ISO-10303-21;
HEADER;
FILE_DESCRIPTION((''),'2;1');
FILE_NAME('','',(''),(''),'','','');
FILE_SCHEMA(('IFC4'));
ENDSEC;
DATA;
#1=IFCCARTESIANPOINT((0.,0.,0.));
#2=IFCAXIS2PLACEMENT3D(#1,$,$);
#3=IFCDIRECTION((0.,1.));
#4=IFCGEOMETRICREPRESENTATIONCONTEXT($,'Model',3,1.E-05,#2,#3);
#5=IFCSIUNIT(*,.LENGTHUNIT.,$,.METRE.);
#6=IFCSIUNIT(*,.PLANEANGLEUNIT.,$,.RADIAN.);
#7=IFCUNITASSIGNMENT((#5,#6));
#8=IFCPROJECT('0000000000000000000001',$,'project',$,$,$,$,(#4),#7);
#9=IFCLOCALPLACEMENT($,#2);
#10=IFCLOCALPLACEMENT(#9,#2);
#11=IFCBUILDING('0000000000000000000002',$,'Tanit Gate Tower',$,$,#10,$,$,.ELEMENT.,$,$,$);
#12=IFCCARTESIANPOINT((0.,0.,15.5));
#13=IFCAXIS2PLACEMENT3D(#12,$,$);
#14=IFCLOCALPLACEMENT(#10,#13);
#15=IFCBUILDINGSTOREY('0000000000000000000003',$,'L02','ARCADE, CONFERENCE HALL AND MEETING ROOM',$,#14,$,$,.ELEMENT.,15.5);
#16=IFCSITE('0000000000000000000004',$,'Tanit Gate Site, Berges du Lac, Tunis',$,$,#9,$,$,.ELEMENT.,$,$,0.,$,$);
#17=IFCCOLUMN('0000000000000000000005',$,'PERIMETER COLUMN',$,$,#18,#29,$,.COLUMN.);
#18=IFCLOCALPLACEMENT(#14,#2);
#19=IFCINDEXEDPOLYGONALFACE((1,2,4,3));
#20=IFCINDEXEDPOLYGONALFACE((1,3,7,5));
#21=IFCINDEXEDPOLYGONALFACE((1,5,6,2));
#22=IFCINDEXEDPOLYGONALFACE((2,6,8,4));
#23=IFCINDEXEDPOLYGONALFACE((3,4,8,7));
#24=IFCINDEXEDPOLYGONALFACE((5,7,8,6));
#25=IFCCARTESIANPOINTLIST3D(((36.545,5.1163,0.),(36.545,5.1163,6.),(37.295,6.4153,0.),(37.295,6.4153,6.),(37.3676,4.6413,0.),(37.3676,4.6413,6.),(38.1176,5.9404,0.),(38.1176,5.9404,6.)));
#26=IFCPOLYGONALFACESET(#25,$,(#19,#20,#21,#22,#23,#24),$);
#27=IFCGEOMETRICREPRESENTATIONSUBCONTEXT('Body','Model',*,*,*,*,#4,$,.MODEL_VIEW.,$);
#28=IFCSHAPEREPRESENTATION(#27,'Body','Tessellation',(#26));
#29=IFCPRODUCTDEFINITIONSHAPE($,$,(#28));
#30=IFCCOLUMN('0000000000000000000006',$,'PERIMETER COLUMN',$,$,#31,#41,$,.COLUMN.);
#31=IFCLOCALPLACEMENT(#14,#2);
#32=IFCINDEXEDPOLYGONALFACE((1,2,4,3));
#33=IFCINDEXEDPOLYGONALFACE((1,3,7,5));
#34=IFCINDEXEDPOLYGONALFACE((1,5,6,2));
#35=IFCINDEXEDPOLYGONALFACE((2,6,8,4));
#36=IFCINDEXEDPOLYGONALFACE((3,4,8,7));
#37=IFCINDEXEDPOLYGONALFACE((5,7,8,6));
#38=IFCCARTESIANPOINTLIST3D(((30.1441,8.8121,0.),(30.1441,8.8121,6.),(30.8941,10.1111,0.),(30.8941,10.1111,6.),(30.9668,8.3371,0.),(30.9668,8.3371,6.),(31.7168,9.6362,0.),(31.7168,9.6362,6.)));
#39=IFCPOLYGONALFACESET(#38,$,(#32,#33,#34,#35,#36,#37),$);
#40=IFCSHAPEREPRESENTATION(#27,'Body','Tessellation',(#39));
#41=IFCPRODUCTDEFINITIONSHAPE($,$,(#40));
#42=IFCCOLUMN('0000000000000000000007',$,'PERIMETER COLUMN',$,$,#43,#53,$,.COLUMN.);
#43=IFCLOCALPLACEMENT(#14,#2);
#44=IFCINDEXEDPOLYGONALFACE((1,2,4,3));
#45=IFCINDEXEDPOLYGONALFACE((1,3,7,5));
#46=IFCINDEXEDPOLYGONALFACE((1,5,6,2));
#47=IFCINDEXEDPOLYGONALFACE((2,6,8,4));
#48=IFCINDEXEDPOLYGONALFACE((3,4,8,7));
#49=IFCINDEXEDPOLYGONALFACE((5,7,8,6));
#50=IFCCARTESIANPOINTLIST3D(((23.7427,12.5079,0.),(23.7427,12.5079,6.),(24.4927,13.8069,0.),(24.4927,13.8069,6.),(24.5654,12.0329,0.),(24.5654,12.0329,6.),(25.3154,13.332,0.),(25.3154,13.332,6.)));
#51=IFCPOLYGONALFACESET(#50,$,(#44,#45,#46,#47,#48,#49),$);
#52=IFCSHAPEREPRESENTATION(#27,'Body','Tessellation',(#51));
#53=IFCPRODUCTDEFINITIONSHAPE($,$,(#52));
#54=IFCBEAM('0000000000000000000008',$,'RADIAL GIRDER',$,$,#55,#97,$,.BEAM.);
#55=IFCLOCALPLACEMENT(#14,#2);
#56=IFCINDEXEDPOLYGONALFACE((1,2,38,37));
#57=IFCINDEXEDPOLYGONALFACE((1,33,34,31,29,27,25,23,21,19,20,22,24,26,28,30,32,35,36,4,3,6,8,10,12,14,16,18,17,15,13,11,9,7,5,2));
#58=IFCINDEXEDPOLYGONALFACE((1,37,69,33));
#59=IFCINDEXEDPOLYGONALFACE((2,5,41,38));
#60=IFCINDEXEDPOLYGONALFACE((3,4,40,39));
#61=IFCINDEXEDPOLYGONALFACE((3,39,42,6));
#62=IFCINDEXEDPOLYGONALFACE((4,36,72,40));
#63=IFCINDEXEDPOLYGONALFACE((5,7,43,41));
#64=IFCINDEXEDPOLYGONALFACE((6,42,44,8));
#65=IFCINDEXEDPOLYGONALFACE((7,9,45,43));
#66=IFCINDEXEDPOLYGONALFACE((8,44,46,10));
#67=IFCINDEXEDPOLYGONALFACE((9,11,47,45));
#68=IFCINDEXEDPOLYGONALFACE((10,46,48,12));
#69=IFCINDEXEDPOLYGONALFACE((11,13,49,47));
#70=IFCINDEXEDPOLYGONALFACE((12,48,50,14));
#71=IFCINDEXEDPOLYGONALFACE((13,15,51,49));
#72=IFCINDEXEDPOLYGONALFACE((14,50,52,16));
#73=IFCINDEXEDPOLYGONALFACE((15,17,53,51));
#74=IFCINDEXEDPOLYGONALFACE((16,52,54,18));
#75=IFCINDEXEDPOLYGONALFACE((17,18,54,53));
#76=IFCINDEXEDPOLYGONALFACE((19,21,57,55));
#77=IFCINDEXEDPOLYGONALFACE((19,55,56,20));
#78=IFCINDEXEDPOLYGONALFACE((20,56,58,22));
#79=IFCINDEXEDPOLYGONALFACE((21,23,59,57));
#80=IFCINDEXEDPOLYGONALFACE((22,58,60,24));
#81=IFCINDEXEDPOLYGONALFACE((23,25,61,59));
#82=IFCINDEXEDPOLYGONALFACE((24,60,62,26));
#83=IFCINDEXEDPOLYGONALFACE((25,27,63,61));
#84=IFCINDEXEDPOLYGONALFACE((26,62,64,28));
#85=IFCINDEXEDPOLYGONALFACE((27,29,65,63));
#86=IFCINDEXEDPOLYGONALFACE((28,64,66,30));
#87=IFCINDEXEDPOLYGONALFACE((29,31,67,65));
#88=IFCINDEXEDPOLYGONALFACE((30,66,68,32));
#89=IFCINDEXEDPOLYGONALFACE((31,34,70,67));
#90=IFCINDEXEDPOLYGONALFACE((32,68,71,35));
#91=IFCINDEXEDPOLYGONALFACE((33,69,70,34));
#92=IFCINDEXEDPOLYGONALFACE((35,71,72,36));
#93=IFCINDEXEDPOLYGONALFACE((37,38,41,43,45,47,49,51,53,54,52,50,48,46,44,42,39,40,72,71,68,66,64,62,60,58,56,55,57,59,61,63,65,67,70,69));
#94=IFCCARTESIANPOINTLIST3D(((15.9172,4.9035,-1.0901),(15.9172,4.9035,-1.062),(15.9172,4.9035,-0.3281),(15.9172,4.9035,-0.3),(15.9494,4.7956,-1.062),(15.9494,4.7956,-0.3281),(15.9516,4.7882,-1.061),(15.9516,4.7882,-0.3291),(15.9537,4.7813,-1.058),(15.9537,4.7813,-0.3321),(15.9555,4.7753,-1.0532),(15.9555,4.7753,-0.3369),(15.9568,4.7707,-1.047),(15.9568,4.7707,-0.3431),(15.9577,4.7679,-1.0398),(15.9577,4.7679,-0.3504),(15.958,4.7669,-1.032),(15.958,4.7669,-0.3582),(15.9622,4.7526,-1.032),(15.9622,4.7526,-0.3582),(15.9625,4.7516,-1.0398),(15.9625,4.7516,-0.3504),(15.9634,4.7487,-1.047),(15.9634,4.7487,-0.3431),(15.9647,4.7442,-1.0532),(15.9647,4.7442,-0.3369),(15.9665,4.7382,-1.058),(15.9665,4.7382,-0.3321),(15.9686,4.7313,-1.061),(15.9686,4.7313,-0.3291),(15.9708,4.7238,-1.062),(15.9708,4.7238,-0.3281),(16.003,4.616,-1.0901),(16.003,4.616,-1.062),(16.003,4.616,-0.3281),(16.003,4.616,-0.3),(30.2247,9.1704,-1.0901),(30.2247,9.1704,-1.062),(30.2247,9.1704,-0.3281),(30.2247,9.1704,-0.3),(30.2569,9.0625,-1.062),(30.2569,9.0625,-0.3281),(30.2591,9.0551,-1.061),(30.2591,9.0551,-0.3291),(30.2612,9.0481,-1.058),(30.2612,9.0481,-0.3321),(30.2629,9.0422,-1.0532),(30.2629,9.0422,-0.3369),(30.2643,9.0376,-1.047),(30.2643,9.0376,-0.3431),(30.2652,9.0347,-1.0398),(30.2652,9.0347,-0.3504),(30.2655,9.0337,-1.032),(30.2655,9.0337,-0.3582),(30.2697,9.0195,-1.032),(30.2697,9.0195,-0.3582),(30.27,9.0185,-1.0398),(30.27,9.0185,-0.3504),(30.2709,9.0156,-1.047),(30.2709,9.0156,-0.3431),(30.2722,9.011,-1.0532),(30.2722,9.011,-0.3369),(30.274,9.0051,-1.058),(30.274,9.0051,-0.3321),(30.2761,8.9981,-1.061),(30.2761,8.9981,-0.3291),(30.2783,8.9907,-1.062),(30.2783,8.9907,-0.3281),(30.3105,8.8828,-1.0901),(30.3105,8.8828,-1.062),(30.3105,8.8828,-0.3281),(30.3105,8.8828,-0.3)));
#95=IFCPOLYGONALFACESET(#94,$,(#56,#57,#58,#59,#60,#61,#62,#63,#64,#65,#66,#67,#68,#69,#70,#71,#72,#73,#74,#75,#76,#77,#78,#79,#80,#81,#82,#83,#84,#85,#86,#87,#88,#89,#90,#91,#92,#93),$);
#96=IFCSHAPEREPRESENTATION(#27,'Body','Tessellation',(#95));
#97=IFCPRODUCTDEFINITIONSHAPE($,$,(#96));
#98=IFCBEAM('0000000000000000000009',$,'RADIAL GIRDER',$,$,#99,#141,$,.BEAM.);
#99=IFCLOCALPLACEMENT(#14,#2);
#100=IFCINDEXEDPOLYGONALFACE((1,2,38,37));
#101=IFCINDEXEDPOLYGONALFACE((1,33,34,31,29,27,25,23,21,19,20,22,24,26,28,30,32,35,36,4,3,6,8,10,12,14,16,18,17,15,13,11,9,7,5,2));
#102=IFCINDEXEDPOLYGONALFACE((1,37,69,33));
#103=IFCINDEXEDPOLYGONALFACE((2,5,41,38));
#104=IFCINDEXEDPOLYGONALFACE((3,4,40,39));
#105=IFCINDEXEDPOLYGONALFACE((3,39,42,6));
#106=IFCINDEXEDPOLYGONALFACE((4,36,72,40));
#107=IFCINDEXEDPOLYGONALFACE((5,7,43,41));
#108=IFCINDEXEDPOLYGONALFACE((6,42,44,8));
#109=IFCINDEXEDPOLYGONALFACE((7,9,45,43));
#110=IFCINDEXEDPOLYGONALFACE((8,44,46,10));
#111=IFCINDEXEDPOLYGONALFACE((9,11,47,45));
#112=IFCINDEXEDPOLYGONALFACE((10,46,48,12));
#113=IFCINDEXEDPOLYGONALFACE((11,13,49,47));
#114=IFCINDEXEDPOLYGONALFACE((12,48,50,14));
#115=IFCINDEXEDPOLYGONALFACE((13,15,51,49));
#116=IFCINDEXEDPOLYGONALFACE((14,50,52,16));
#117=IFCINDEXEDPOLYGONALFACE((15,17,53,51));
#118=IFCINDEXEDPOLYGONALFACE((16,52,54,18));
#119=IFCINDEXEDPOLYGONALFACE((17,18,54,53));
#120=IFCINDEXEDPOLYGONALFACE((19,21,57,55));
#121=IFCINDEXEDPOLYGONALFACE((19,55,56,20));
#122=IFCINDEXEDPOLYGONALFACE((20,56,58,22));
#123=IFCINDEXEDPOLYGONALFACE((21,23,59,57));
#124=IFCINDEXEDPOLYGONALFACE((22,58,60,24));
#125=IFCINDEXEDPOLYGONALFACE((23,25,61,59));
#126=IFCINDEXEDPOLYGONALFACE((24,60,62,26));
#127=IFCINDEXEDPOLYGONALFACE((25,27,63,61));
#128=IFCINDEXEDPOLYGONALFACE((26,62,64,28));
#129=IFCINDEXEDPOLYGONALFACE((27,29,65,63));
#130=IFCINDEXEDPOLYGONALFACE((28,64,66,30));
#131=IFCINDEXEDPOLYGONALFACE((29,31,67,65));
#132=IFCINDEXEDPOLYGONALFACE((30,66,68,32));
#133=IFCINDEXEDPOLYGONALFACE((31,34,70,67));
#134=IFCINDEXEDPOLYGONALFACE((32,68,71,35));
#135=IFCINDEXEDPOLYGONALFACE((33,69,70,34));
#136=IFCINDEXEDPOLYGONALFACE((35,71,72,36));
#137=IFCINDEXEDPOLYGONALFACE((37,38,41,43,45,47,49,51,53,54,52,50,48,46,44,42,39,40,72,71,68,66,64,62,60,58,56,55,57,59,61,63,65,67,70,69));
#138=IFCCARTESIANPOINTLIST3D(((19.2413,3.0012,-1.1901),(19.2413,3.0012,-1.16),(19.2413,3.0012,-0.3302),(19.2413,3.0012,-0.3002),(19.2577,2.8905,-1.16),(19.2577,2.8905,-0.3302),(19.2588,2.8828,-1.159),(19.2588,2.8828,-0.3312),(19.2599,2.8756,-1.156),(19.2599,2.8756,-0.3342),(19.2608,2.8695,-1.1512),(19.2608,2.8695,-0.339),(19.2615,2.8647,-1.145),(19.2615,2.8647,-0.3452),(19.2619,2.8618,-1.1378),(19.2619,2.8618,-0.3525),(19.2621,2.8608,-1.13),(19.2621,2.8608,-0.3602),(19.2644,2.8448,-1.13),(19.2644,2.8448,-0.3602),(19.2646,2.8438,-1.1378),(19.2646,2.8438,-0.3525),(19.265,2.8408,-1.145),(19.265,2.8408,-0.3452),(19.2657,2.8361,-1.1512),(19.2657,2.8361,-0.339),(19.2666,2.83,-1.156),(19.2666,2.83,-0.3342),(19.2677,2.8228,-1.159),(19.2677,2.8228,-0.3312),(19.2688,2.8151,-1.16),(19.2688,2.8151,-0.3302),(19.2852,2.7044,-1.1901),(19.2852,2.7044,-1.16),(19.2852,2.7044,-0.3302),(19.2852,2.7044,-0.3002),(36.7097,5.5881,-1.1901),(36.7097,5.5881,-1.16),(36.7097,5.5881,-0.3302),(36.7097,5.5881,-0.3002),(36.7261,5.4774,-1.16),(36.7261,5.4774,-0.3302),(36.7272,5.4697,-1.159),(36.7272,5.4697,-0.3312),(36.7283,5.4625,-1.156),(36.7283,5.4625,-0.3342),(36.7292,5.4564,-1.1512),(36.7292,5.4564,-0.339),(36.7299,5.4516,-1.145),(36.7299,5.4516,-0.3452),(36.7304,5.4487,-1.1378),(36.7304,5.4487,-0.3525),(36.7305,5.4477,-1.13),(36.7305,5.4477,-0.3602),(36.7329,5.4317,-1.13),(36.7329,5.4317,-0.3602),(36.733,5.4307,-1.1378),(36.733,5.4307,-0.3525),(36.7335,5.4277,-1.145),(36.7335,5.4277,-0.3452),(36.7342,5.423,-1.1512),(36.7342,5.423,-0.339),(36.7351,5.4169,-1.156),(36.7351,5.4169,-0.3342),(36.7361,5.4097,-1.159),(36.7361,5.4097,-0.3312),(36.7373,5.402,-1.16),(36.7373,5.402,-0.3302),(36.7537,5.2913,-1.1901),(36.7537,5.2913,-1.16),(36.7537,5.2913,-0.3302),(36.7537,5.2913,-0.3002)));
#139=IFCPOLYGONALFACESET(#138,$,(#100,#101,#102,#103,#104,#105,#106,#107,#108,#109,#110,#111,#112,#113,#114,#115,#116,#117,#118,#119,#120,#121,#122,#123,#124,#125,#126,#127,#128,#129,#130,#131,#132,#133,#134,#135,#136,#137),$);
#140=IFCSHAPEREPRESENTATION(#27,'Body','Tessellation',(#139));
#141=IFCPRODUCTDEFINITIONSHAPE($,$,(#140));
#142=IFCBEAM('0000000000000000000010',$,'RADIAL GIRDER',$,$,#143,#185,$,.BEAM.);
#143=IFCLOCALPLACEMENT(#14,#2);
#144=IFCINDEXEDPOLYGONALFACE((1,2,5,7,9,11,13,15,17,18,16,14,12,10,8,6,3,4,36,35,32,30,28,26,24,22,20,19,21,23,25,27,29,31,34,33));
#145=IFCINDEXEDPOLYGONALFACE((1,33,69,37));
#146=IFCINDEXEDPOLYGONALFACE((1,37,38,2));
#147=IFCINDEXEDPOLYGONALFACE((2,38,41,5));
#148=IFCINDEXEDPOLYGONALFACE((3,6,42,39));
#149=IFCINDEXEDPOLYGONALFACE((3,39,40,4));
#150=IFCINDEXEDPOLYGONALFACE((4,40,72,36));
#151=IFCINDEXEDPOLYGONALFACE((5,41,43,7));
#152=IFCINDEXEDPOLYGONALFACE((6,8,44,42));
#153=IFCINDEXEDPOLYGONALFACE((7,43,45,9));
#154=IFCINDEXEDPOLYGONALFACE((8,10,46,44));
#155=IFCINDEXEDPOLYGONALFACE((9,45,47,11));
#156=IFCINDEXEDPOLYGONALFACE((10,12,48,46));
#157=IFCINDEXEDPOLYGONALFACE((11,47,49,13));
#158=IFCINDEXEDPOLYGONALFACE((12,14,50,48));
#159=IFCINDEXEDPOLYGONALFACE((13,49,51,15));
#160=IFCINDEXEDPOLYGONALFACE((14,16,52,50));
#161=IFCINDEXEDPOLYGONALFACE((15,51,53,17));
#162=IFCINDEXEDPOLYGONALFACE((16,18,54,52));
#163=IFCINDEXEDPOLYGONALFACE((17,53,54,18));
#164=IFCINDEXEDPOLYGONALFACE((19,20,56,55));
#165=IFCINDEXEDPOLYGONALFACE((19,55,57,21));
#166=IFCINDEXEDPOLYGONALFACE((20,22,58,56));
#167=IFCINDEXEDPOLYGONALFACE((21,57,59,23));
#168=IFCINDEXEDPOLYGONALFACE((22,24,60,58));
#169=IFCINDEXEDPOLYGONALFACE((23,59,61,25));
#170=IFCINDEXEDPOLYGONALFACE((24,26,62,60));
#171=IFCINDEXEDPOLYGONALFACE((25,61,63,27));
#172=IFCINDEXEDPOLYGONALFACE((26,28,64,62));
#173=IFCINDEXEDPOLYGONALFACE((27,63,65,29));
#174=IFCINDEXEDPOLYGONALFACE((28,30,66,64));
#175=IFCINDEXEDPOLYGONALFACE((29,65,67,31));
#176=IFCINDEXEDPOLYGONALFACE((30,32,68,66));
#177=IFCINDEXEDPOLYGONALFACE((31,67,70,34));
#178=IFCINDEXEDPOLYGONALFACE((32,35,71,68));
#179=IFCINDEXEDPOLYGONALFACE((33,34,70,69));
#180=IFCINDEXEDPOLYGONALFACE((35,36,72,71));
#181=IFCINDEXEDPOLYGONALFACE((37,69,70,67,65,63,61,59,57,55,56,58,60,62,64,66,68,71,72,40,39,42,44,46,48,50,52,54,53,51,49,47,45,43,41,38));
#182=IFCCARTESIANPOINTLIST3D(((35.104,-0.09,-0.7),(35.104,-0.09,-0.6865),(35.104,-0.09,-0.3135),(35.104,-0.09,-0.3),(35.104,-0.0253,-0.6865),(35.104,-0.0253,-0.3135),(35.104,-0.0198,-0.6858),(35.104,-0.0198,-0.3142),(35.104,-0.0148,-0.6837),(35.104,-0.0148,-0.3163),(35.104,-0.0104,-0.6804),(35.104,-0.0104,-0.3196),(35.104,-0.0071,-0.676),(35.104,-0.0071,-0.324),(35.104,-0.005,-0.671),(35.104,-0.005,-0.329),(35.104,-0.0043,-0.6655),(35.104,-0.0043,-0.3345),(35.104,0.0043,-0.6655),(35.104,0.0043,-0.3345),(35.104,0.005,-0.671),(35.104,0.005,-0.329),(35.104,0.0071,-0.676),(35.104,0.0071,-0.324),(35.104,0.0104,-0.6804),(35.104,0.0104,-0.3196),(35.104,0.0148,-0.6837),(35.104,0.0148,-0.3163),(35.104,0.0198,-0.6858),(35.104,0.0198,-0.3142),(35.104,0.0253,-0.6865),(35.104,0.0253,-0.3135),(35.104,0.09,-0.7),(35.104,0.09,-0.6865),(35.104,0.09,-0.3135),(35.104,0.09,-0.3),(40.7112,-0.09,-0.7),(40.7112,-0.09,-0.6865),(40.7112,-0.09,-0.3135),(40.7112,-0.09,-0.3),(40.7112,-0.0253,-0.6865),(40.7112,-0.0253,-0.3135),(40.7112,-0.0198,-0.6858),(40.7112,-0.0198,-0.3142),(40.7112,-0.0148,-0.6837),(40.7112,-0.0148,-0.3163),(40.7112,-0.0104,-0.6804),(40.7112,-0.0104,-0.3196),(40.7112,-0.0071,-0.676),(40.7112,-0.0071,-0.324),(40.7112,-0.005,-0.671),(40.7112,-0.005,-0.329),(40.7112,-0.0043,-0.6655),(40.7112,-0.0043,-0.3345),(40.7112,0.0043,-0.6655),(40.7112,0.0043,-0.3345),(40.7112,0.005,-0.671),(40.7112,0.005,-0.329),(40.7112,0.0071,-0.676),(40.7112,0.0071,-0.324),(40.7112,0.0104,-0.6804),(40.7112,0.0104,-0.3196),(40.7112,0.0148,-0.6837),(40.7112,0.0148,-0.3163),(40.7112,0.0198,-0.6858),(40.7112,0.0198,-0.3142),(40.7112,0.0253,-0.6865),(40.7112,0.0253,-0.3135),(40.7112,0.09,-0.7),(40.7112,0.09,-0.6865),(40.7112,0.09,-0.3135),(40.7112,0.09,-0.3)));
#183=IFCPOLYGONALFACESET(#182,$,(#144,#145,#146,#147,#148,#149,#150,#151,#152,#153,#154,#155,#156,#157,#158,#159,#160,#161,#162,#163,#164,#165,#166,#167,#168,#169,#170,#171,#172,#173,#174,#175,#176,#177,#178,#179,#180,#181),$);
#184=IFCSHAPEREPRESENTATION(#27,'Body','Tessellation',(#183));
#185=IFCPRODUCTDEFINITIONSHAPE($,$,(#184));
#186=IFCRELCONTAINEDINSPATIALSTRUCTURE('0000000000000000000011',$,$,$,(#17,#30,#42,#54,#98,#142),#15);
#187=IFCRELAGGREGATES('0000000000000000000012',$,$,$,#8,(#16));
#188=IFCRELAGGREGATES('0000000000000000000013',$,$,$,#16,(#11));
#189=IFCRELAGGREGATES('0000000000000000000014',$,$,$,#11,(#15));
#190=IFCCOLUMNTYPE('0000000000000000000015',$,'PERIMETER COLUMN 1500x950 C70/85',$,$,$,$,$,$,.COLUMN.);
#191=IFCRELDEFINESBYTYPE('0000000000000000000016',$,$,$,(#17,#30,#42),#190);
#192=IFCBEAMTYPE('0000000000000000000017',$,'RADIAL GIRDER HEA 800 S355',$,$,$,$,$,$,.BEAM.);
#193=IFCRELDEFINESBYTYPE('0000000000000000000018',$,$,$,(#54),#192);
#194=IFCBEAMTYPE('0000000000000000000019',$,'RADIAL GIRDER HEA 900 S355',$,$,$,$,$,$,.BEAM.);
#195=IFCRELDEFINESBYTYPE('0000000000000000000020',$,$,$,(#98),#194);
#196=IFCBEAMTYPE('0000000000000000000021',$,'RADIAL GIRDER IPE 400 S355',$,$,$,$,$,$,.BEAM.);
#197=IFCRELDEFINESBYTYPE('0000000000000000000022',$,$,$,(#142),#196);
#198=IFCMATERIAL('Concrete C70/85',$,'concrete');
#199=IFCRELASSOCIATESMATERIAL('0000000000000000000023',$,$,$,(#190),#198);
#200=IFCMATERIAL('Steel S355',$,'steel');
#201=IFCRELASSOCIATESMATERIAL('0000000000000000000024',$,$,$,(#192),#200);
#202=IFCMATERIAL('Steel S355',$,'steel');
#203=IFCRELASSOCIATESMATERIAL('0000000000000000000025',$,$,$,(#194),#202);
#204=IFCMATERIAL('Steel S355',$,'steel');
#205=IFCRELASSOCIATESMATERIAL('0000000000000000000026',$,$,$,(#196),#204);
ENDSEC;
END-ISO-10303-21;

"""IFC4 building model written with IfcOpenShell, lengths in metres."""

from ifc_helpers import new_model, si_unit, direction, frame, origin, origin_2d, place, context, subcontext, project, spatial, rectangle, i_section, extrude, material, material_profile, profile_set, type_object, element, save


model = new_model("IFC4")

# Units and contexts
model_context = context("Model", 3, precision=1e-05, world=origin(), true_north=direction((0.0, 1.0)))
body_context = subcontext(model_context, "Body", "Model", "MODEL_VIEW")
ifc_project = project(units=[si_unit("LENGTHUNIT", "METRE"), si_unit("PLANEANGLEUNIT", "RADIAN")], contexts=[model_context])

# Site, building, storey
site_placement = place(None, origin())
site = spatial("IfcSite", under=ifc_project, at=site_placement, Name="Tanit Gate Site, Berges du Lac, Tunis", CompositionType="ELEMENT", RefElevation=0.0)
building_placement = place(site_placement, origin())
building = spatial("IfcBuilding", under=site, at=building_placement, Name="Tanit Gate Tower", CompositionType="ELEMENT")
storey_placement = place(building_placement, frame((0.0, 0.0, 15.5)))
storey = spatial("IfcBuildingStorey", under=building, at=storey_placement, Name="L02", Description="ARCADE, CONFERENCE HALL AND MEETING ROOM", CompositionType="ELEMENT", Elevation=15.5)

# Columns
ifc_material_1 = material(Name="Concrete C70/85", Category="concrete")
ifc_material_profile_1 = material_profile(ifc_material_1, rectangle(XDim=1.5, YDim=0.95, at=origin_2d()), Name="RC 1500x950")
ifc_profile_set_1 = profile_set([ifc_material_profile_1], Name="Concrete C70/85")
column_type = type_object("IfcColumnType", Name="PERIMETER COLUMN 1500x950 C70/85", PredefinedType="COLUMN", material=ifc_profile_set_1)
for number, where, z_axis, x_axis, name in (
    (1, (37.3313, 5.5283, 0.0), (0.0, 0.0, 1.0), (0.5, 0.866025, 0.0), "PERIMETER COLUMN"),
    (2, (30.9304, 9.2241, 0.0), (0.0, 0.0, 1.0), (0.5, 0.866025, 0.0), "PERIMETER COLUMN"),
    (3, (24.5291, 12.9199, 0.0), (0.0, 0.0, 1.0), (0.5, 0.866025, 0.0), "PERIMETER COLUMN"),
):
    element("IfcColumn", number, at=place(storey_placement, frame(where, z_axis=z_axis, x_axis=x_axis)), inside=storey, type_object=column_type, Name=name, PredefinedType="COLUMN", context=body_context, shape_type="SweptSolid", body=[
        extrude(rectangle(XDim=1.5, YDim=0.95, at=origin_2d()), origin(), (0.0, 0.0, 1.0), 6.0),
    ])

# Beams
ifc_material_2 = material(Name="Steel S355", Category="steel")
ifc_material_profile_2 = material_profile(ifc_material_2, i_section(OverallWidth=0.3, OverallDepth=0.79, WebThickness=0.0149, FlangeThickness=0.0281, FilletRadius=0.03, at=origin_2d()), Name="HEA 800")
ifc_profile_set_2 = profile_set([ifc_material_profile_2], Name="Steel S355")
beam_type_1 = type_object("IfcBeamType", Name="RADIAL GIRDER HEA 800 S355", PredefinedType="BEAM", material=ifc_profile_set_2)
beam_1_placement = place(storey_placement, frame((30.2676, 9.0266, -0.6951), z_axis=(-0.958293, -0.285789, 0.0), x_axis=(0.285789, -0.958293, 0.0)))
element("IfcBeam", 4, at=beam_1_placement, inside=storey, type_object=beam_type_1, Name="RADIAL GIRDER", PredefinedType="BEAM", context=body_context, shape_type="SweptSolid", body=[
    extrude(i_section(OverallWidth=0.3, OverallDepth=0.79, WebThickness=0.0149, FlangeThickness=0.0281, FilletRadius=0.03, at=origin_2d()), origin(), (0.0, 0.0, 1.0), 14.9302),
])
ifc_material_3 = material(Name="Steel S355", Category="steel")
ifc_material_profile_3 = material_profile(ifc_material_3, i_section(OverallWidth=0.3, OverallDepth=0.8899, WebThickness=0.0161, FlangeThickness=0.03, FilletRadius=0.03, at=origin_2d()), Name="HEA 900")
ifc_profile_set_3 = profile_set([ifc_material_profile_3], Name="Steel S355")
beam_type_2 = type_object("IfcBeamType", Name="RADIAL GIRDER HEA 900 S355", PredefinedType="BEAM", material=ifc_profile_set_3)
beam_2_placement = place(storey_placement, frame((36.7317, 5.4397, -0.7451), z_axis=(-0.989212, -0.146493, 0.0), x_axis=(0.146493, -0.989212, 0.0)))
element("IfcBeam", 5, at=beam_2_placement, inside=storey, type_object=beam_type_2, Name="RADIAL GIRDER", PredefinedType="BEAM", context=body_context, shape_type="SweptSolid", body=[
    extrude(i_section(OverallWidth=0.3, OverallDepth=0.8899, WebThickness=0.0161, FlangeThickness=0.03, FilletRadius=0.03, at=origin_2d()), origin(), (0.0, 0.0, 1.0), 17.6589),
])
ifc_material_4 = material(Name="Steel S355", Category="steel")
ifc_material_profile_4 = material_profile(ifc_material_4, i_section(OverallWidth=0.1799, OverallDepth=0.3999, WebThickness=0.0085, FlangeThickness=0.0134, FilletRadius=0.021, at=origin_2d()), Name="IPE 400")
ifc_profile_set_4 = profile_set([ifc_material_profile_4], Name="Steel S355")
beam_type_3 = type_object("IfcBeamType", Name="RADIAL GIRDER IPE 400 S355", PredefinedType="BEAM", material=ifc_profile_set_4)
beam_3_placement = place(storey_placement, frame((40.7112, 0.0, -0.5), z_axis=(-1.0, 0.0, 0.0), x_axis=(0.0, -1.0, 0.0)))
element("IfcBeam", 6, at=beam_3_placement, inside=storey, type_object=beam_type_3, Name="RADIAL GIRDER", PredefinedType="BEAM", context=body_context, shape_type="SweptSolid", body=[
    extrude(i_section(OverallWidth=0.1799, OverallDepth=0.3999, WebThickness=0.0085, FlangeThickness=0.0134, FilletRadius=0.021, at=origin_2d()), origin(), (0.0, 0.0, 1.0), 5.6072),
])

save(model, "model.ifc")
